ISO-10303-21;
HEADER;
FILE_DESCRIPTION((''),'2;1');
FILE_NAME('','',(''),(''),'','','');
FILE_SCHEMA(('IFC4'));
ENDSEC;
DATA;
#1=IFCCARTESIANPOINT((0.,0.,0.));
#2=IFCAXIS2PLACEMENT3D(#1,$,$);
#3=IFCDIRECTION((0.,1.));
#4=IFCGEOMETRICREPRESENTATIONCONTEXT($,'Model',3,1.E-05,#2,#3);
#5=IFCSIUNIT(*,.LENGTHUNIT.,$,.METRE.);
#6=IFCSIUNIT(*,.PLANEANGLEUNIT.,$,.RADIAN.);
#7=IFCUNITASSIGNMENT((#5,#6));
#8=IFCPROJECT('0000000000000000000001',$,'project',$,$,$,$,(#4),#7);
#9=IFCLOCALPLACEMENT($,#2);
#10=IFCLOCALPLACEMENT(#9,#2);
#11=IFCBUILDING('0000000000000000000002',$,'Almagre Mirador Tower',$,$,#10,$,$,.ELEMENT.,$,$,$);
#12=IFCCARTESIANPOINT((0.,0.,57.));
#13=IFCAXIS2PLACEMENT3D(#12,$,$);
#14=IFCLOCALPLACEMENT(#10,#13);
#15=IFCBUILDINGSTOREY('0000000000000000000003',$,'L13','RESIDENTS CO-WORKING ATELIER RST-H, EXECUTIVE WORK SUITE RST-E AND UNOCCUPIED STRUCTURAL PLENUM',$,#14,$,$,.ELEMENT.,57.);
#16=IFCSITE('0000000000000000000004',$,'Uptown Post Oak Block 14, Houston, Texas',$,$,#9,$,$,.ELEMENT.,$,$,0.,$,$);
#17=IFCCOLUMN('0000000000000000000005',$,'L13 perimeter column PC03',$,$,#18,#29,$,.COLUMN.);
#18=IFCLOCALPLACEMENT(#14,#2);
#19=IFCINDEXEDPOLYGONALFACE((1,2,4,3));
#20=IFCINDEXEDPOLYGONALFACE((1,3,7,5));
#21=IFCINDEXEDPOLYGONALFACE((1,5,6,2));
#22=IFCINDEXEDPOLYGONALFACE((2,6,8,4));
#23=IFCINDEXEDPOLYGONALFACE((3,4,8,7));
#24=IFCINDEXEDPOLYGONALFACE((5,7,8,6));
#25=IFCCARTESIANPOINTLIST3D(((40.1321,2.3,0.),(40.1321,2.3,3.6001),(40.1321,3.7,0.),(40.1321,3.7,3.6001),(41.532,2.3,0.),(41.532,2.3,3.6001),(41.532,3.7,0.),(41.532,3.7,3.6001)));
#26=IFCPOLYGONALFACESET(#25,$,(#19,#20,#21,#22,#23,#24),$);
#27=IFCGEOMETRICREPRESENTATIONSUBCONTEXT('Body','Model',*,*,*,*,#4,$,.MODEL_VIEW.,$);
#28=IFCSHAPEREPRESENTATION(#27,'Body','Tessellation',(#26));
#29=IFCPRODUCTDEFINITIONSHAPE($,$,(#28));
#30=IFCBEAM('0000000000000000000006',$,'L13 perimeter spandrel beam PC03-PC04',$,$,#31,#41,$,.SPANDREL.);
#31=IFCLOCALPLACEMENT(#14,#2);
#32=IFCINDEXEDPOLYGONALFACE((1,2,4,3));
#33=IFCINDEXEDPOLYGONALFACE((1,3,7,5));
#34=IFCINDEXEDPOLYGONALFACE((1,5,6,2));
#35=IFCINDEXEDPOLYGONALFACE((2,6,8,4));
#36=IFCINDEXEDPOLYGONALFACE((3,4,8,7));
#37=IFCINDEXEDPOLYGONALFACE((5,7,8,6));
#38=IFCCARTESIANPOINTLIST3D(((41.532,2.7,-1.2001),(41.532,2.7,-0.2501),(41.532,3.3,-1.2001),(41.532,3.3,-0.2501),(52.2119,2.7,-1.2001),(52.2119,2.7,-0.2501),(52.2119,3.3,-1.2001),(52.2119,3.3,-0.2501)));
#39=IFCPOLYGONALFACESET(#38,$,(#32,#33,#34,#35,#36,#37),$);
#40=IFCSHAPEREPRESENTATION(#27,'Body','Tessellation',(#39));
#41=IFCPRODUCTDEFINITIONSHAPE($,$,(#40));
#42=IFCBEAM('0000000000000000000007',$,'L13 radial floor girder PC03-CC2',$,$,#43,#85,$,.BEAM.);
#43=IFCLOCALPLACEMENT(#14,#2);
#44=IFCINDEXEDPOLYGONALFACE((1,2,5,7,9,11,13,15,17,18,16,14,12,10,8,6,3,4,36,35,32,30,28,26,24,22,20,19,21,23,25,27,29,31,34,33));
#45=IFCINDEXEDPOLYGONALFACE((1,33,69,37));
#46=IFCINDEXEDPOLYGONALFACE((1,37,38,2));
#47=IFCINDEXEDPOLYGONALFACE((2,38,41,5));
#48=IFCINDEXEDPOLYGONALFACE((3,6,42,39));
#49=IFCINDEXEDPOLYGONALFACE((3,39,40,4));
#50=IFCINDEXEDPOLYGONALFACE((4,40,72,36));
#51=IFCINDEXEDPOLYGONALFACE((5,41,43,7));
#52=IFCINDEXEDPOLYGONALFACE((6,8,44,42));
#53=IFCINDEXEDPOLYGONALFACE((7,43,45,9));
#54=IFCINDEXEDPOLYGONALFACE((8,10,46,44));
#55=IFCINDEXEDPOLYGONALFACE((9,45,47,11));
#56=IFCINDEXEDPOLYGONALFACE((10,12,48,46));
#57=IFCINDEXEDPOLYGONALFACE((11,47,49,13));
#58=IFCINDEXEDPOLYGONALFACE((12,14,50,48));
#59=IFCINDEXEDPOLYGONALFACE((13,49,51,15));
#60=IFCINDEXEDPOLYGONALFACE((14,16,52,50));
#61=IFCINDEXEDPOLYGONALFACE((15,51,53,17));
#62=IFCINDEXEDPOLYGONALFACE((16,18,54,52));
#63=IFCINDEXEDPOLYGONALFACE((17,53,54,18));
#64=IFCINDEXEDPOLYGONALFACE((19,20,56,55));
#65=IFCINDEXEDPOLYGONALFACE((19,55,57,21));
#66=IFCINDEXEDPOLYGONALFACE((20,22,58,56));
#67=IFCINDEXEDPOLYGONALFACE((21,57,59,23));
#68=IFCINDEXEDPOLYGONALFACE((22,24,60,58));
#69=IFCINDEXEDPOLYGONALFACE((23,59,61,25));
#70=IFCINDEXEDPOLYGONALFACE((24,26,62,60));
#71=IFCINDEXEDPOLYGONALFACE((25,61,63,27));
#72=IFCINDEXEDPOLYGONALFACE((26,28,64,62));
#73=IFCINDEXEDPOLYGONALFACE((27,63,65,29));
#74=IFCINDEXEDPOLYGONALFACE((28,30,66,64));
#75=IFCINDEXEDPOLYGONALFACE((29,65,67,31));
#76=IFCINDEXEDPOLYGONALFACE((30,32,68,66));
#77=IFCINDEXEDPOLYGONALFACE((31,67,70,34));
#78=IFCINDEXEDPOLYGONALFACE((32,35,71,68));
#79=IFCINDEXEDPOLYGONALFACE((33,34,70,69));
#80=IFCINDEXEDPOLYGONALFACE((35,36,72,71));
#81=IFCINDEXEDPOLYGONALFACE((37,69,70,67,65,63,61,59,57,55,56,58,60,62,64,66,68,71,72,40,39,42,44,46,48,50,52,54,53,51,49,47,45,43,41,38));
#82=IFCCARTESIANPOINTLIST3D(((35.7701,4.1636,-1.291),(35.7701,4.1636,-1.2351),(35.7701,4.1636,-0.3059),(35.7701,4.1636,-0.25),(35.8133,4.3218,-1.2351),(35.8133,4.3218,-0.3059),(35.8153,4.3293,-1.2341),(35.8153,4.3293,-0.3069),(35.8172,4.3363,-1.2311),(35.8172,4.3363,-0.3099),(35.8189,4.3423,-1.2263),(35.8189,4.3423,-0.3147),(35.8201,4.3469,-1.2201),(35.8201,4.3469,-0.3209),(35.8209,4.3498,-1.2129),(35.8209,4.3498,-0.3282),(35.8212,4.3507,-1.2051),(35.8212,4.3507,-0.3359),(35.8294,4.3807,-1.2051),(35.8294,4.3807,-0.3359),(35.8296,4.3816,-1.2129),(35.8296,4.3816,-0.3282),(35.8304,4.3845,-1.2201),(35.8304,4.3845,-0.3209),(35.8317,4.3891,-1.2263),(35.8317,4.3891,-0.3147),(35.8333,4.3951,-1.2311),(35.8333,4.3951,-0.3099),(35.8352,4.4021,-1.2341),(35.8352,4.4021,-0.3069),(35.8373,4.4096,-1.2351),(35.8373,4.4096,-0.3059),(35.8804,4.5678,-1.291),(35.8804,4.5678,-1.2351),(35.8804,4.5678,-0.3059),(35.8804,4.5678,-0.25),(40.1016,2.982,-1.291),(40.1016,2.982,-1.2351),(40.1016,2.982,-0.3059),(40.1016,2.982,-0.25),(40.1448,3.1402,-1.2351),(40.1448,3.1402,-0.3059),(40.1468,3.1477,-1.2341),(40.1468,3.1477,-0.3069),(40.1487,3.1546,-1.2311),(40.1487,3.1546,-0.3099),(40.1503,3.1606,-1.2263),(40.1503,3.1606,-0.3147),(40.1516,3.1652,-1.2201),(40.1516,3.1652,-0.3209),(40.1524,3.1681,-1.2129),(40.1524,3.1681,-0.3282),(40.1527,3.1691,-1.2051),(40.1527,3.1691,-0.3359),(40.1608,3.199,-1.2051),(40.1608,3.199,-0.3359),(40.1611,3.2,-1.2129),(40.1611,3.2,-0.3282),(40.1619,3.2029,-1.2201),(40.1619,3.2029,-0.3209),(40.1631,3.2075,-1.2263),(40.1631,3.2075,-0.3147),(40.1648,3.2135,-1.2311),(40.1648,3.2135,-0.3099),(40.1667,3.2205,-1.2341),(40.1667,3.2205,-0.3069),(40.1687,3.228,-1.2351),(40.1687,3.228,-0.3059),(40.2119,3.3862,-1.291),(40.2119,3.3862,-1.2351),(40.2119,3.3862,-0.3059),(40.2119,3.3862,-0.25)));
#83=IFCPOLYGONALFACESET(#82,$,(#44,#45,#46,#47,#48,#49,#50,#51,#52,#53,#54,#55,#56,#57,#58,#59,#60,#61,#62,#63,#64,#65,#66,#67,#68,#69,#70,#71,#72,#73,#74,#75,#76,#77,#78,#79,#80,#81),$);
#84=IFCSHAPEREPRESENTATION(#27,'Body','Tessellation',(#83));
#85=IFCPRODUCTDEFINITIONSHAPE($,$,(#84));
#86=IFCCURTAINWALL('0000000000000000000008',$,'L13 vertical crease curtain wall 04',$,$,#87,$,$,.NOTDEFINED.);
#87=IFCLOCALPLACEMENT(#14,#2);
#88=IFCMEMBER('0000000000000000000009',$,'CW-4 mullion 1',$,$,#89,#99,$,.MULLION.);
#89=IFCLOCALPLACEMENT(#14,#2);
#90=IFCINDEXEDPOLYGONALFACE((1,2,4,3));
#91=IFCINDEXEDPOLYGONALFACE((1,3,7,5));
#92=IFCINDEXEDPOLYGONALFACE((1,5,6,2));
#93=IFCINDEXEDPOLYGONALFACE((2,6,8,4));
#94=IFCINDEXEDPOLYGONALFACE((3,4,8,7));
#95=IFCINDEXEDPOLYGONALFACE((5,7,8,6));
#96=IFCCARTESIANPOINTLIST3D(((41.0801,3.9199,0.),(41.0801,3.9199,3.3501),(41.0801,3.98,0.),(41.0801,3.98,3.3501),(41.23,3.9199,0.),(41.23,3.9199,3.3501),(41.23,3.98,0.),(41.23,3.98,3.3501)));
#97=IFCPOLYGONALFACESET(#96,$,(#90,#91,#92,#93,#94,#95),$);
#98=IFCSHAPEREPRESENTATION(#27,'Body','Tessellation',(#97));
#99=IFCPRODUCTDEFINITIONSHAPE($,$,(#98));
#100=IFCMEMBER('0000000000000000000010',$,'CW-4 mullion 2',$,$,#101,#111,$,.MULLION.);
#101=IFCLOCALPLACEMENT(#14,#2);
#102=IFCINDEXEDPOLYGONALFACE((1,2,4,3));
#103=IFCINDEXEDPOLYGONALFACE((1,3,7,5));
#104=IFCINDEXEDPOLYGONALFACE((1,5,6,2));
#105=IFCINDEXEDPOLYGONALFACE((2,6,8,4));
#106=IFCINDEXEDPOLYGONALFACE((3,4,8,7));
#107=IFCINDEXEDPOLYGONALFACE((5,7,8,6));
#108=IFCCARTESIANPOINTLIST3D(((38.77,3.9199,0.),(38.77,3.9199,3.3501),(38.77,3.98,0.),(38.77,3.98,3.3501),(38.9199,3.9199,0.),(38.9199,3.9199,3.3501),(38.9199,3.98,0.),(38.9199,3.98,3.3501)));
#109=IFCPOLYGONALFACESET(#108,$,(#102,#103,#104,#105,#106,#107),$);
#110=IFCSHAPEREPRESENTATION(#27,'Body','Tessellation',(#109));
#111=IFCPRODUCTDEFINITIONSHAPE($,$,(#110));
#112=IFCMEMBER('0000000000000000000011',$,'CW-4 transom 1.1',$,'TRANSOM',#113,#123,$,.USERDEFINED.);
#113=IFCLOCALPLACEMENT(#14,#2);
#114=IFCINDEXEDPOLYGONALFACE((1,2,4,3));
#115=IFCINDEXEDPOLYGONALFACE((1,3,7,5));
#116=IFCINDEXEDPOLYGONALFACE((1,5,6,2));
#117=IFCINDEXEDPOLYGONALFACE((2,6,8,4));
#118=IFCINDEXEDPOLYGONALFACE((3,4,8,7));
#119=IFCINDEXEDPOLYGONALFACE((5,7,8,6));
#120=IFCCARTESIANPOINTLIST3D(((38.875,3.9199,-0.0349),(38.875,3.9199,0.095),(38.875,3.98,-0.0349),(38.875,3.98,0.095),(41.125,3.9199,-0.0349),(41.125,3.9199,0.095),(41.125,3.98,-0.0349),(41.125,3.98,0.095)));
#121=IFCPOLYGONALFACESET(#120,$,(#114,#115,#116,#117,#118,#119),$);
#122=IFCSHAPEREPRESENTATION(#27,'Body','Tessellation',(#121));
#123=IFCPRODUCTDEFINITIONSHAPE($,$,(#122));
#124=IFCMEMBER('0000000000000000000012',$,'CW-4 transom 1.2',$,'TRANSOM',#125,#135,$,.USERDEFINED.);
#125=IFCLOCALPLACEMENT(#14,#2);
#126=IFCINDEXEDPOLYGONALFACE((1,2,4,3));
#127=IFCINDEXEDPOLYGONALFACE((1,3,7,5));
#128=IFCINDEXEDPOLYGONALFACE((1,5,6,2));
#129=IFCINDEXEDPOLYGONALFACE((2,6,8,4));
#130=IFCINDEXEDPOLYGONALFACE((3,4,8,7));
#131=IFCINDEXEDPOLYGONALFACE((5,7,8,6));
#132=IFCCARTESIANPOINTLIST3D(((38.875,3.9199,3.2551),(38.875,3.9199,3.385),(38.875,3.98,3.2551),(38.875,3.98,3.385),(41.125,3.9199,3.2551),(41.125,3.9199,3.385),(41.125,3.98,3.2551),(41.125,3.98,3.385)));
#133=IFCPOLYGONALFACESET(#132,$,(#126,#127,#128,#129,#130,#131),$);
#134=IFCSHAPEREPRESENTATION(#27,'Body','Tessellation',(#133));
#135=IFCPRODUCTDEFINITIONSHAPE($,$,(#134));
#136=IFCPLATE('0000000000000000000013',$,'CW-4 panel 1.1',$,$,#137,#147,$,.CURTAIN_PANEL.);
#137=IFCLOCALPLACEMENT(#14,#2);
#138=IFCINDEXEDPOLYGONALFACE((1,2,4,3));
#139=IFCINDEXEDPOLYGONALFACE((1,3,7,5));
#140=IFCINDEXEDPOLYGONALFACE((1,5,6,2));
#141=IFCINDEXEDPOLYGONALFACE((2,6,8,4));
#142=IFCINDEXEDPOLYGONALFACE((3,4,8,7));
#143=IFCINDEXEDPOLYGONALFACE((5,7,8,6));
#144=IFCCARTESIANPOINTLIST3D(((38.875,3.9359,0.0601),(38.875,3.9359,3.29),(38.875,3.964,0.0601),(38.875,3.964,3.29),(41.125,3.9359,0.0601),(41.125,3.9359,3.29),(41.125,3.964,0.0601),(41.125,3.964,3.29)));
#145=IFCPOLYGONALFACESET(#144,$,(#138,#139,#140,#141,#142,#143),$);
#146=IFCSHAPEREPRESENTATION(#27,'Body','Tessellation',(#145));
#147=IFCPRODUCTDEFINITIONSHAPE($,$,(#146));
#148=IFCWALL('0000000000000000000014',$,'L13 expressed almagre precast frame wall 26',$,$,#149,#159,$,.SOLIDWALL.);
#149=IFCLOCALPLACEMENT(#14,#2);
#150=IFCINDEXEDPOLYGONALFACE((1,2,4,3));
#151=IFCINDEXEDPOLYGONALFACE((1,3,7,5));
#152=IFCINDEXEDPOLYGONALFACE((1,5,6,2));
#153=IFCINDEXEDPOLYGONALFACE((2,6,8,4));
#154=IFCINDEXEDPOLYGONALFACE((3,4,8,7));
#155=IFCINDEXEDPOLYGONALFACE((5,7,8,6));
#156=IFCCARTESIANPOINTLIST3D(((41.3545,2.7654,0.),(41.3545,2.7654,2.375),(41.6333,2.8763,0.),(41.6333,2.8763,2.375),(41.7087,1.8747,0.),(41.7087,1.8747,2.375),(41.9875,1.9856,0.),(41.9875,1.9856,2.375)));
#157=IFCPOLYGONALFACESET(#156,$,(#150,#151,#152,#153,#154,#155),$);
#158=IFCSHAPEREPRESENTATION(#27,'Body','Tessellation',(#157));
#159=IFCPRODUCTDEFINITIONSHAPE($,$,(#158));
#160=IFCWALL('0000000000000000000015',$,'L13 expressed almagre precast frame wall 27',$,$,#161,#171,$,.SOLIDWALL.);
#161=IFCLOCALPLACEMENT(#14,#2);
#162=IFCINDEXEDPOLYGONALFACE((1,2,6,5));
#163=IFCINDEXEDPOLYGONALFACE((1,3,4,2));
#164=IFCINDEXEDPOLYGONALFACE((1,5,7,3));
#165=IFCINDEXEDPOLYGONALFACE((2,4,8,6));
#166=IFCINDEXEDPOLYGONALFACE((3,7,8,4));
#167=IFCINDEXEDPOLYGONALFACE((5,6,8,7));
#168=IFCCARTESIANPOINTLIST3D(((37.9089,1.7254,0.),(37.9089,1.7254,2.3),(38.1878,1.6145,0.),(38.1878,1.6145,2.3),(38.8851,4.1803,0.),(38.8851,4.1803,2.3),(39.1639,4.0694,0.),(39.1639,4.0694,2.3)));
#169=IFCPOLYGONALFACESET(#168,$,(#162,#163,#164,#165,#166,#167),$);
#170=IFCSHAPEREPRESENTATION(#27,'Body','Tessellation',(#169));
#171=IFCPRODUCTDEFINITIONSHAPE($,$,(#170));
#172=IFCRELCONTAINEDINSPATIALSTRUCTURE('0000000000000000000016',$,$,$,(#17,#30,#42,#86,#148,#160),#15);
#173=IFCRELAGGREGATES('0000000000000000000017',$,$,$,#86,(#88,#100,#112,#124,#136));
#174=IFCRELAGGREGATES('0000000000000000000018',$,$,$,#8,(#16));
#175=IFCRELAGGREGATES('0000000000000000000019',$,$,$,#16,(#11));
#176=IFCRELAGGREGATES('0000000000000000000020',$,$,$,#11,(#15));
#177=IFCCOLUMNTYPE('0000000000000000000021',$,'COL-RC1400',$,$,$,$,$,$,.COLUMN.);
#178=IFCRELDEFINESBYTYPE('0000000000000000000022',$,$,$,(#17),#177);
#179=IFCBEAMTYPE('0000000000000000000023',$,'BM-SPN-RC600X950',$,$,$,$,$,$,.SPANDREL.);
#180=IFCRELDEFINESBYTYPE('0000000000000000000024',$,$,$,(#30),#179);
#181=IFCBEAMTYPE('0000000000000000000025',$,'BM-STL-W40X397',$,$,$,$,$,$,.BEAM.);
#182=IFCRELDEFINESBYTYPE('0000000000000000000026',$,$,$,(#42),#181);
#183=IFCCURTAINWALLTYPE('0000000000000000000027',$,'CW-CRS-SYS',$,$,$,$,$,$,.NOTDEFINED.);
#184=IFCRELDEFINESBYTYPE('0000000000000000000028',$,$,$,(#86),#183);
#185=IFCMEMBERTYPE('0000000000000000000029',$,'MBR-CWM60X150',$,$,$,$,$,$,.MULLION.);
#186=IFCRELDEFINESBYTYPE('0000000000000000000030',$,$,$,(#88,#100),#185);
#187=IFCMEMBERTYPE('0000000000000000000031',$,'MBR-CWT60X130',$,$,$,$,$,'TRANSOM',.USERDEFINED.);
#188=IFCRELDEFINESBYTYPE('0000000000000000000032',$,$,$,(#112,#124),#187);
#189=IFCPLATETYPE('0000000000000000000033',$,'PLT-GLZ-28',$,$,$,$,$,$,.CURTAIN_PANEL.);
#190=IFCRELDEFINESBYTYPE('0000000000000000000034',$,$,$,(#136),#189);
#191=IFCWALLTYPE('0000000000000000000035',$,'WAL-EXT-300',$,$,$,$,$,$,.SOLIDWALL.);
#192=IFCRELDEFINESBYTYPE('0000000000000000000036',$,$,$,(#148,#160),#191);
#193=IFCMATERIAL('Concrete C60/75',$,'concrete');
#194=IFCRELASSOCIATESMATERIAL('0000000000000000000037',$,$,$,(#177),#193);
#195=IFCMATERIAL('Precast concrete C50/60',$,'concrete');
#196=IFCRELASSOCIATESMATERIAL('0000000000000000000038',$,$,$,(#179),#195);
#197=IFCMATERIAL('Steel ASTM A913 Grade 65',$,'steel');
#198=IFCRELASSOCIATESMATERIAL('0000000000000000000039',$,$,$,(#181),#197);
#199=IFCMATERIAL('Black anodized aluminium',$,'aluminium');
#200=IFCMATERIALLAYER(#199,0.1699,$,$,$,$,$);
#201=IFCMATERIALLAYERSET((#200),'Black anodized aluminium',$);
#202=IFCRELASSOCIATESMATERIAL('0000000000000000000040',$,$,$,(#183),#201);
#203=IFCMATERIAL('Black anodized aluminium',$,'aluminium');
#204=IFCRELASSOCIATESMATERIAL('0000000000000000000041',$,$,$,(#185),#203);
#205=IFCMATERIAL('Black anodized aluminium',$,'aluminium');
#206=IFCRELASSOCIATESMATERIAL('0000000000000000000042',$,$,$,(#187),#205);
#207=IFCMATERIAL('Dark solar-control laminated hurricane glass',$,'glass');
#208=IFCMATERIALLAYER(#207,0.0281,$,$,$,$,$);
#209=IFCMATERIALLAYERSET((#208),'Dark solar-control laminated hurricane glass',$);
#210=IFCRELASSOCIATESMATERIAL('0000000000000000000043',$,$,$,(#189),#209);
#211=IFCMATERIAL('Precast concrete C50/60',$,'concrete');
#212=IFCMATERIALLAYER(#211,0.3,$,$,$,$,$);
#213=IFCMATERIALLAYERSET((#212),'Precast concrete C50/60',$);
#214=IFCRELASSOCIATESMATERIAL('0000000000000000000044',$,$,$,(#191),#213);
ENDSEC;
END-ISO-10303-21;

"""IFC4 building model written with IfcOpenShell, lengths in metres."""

from ifc_helpers import new_model, si_unit, direction, frame, frame_2d, origin, origin_2d, place, context, subcontext, project, spatial, rectangle, i_section, extrude, material, layer, layer_set, material_profile, profile_set, type_object, element, aggregate, save


model = new_model("IFC4")

# Units and contexts
model_context = context("Model", 3, precision=1e-05, world=origin(), true_north=direction((0.0, 1.0)))
body_context = subcontext(model_context, "Body", "Model", "MODEL_VIEW")
ifc_project = project(units=[si_unit("LENGTHUNIT", "METRE"), si_unit("PLANEANGLEUNIT", "RADIAN")], contexts=[model_context])

# Site, building, storey
site_placement = place(None, origin())
site = spatial("IfcSite", under=ifc_project, at=site_placement, Name="Uptown Post Oak Block 14, Houston, Texas", CompositionType="ELEMENT", RefElevation=0.0)
building_placement = place(site_placement, origin())
building = spatial("IfcBuilding", under=site, at=building_placement, Name="Almagre Mirador Tower", CompositionType="ELEMENT")
storey_placement = place(building_placement, frame((0.0, 0.0, 57.0)))
storey = spatial("IfcBuildingStorey", under=building, at=storey_placement, Name="L13", Description="RESIDENTS CO-WORKING ATELIER RST-H, EXECUTIVE WORK SUITE RST-E AND UNOCCUPIED STRUCTURAL PLENUM", CompositionType="ELEMENT", Elevation=57.0)

# Column
ifc_material_1 = material(Name="Concrete C60/75", Category="concrete")
ifc_material_profile_1 = material_profile(ifc_material_1, rectangle(XDim=1.3999, YDim=1.3999, at=origin_2d()), Name="RC1400X1400")
ifc_profile_set_1 = profile_set([ifc_material_profile_1], Name="Concrete C60/75")
column_type = type_object("IfcColumnType", Name="COL-RC1400", PredefinedType="COLUMN", material=ifc_profile_set_1)
column_placement = place(storey_placement, frame((40.832, 3.0, 0.0), z_axis=(0.0, 0.0, 1.0), x_axis=(1.0, 0.0, 0.0)))
element("IfcColumn", 1, at=column_placement, inside=storey, type_object=column_type, Name="L13 perimeter column PC03", PredefinedType="COLUMN", context=body_context, shape_type="SweptSolid", body=[
    extrude(rectangle(XDim=1.3999, YDim=1.3999, at=origin_2d()), origin(), (0.0, 0.0, 1.0), 3.6001),
])

# Beams
ifc_material_2 = material(Name="Precast concrete C50/60", Category="concrete")
ifc_material_profile_2 = material_profile(ifc_material_2, rectangle(XDim=0.6001, YDim=0.95, at=origin_2d()), Name="RC600X950")
ifc_profile_set_2 = profile_set([ifc_material_profile_2], Name="Precast concrete C50/60")
beam_type_1 = type_object("IfcBeamType", Name="BM-SPN-RC600X950", PredefinedType="SPANDREL", material=ifc_profile_set_2)
beam_1_placement = place(storey_placement, frame((41.532, 3.0, -0.7251), z_axis=(1.0, 0.0, 0.0), x_axis=(0.0, 1.0, 0.0)))
element("IfcBeam", 2, at=beam_1_placement, inside=storey, type_object=beam_type_1, Name="L13 perimeter spandrel beam PC03-PC04", PredefinedType="SPANDREL", context=body_context, shape_type="SweptSolid", body=[
    extrude(rectangle(XDim=0.6001, YDim=0.95, at=origin_2d()), origin(), (0.0, 0.0, 1.0), 10.6799),
])
ifc_material_3 = material(Name="Steel ASTM A913 Grade 65", Category="steel")
ifc_material_profile_3 = material_profile(ifc_material_3, i_section(OverallWidth=0.4189, OverallDepth=1.041, WebThickness=0.031, FlangeThickness=0.0559, FilletRadius=0.03, at=origin_2d()), Name="W40X397")
ifc_profile_set_3 = profile_set([ifc_material_profile_3], Name="Steel ASTM A913 Grade 65")
beam_type_2 = type_object("IfcBeamType", Name="BM-STL-W40X397", PredefinedType="BEAM", material=ifc_profile_set_3)
beam_2_placement = place(storey_placement, frame((40.1567, 3.1841, -0.7705), z_axis=(-0.964746, 0.263182, 0.0), x_axis=(-0.263182, -0.964746, 0.0)))
element("IfcBeam", 3, at=beam_2_placement, inside=storey, type_object=beam_type_2, Name="L13 radial floor girder PC03-CC2", PredefinedType="BEAM", context=body_context, shape_type="SweptSolid", body=[
    extrude(i_section(OverallWidth=0.4189, OverallDepth=1.041, WebThickness=0.031, FlangeThickness=0.0559, FilletRadius=0.03, at=origin_2d()), origin(), (0.0, 0.0, 1.0), 4.4897),
])

# Curtain wall, members, plate
ifc_material_4 = material(Name="Black anodized aluminium", Category="aluminium")
ifc_layer_1 = layer(ifc_material_4, 0.1699)
ifc_layer_set_1 = layer_set([ifc_layer_1], Name="Black anodized aluminium")
curtain_wall_type = type_object("IfcCurtainWallType", Name="CW-CRS-SYS", PredefinedType="NOTDEFINED", material=ifc_layer_set_1)
curtain_wall_placement = place(storey_placement, origin())
curtain_wall = element("IfcCurtainWall", 4, at=curtain_wall_placement, inside=storey, type_object=curtain_wall_type, Name="L13 vertical crease curtain wall 04", PredefinedType="NOTDEFINED")
ifc_material_5 = material(Name="Black anodized aluminium", Category="aluminium")
ifc_material_profile_4 = material_profile(ifc_material_5, rectangle(XDim=0.0601, YDim=0.1499, at=origin_2d()), Name="CWM60X150")
ifc_profile_set_4 = profile_set([ifc_material_profile_4], Name="Black anodized aluminium")
member_type_1 = type_object("IfcMemberType", Name="MBR-CWM60X150", PredefinedType="MULLION", material=ifc_profile_set_4)
member_1_placement = place(storey_placement, frame((41.155, 3.95, 0.0), z_axis=(0.0, 0.0, 1.0), x_axis=(0.0, -1.0, 0.0)))
member_1 = element("IfcMember", 5, at=member_1_placement, type_object=member_type_1, Name="CW-4 mullion 1", PredefinedType="MULLION", context=body_context, shape_type="SweptSolid", body=[
    extrude(rectangle(XDim=0.0601, YDim=0.1499, at=origin_2d()), origin(), (0.0, 0.0, 1.0), 3.3501),
])
member_2_placement = place(storey_placement, frame((38.845, 3.95, 0.0), z_axis=(0.0, 0.0, 1.0), x_axis=(0.0, -1.0, 0.0)))
member_2 = element("IfcMember", 6, at=member_2_placement, type_object=member_type_1, Name="CW-4 mullion 2", PredefinedType="MULLION", context=body_context, shape_type="SweptSolid", body=[
    extrude(rectangle(XDim=0.0601, YDim=0.1499, at=origin_2d()), origin(), (0.0, 0.0, 1.0), 3.3501),
])
ifc_material_6 = material(Name="Black anodized aluminium", Category="aluminium")
ifc_material_profile_5 = material_profile(ifc_material_6, rectangle(XDim=0.0601, YDim=0.1299, at=origin_2d()), Name="CWT60X130")
ifc_profile_set_5 = profile_set([ifc_material_profile_5], Name="Black anodized aluminium")
member_type_2 = type_object("IfcMemberType", Name="MBR-CWT60X130", ElementType="TRANSOM", PredefinedType="USERDEFINED", material=ifc_profile_set_5)
member_3_placement = place(storey_placement, frame((41.125, 3.95, 0.03), z_axis=(-1.0, 0.0, 0.0), x_axis=(0.0, -1.0, 0.0)))
member_3 = element("IfcMember", 7, at=member_3_placement, type_object=member_type_2, Name="CW-4 transom 1.1", ObjectType="TRANSOM", PredefinedType="USERDEFINED", context=body_context, shape_type="SweptSolid", body=[
    extrude(rectangle(XDim=0.0601, YDim=0.1299, at=origin_2d()), origin(), (0.0, 0.0, 1.0), 2.25),
])
member_4_placement = place(storey_placement, frame((41.125, 3.95, 3.3201), z_axis=(-1.0, 0.0, 0.0), x_axis=(0.0, -1.0, 0.0)))
member_4 = element("IfcMember", 8, at=member_4_placement, type_object=member_type_2, Name="CW-4 transom 1.2", ObjectType="TRANSOM", PredefinedType="USERDEFINED", context=body_context, shape_type="SweptSolid", body=[
    extrude(rectangle(XDim=0.0601, YDim=0.1299, at=origin_2d()), origin(), (0.0, 0.0, 1.0), 2.25),
])
ifc_material_7 = material(Name="Dark solar-control laminated hurricane glass", Category="glass")
ifc_layer_2 = layer(ifc_material_7, 0.0281)
ifc_layer_set_2 = layer_set([ifc_layer_2], Name="Dark solar-control laminated hurricane glass")
plate_type = type_object("IfcPlateType", Name="PLT-GLZ-28", PredefinedType="CURTAIN_PANEL", material=ifc_layer_set_2)
plate_placement = place(storey_placement, frame((40.0, 3.95, 0.0601), z_axis=(0.0, 0.0, 1.0), x_axis=(-1.0, 0.0, 0.0)))
plate = element("IfcPlate", 9, at=plate_placement, type_object=plate_type, Name="CW-4 panel 1.1", PredefinedType="CURTAIN_PANEL", context=body_context, shape_type="SweptSolid", body=[
    extrude(rectangle(XDim=2.25, YDim=0.0281, at=origin_2d()), origin(), (0.0, 0.0, 1.0), 3.23),
])
aggregate(curtain_wall, [member_1, member_2, member_3, member_4, plate])

# Walls
ifc_material_8 = material(Name="Precast concrete C50/60", Category="concrete")
ifc_layer_3 = layer(ifc_material_8, 0.3)
ifc_layer_set_3 = layer_set([ifc_layer_3], Name="Precast concrete C50/60")
wall_type_1 = type_object("IfcWallType", Name="WAL-EXT-300", PredefinedType="SOLIDWALL", material=ifc_layer_set_3)
wall_1_placement = place(storey_placement, frame((41.8481, 1.9302, 0.0), z_axis=(0.0, 0.0, 1.0), x_axis=(-0.369589, 0.929195, 0.0)))
element("IfcWall", 10, at=wall_1_placement, inside=storey, type_object=wall_type_1, Name="L13 expressed almagre precast frame wall 26", PredefinedType="SOLIDWALL", context=body_context, shape_type="SweptSolid", body=[
    extrude(rectangle(XDim=0.9585, YDim=0.3, at=frame_2d((0.4792, 0.0))), origin(), (0.0, 0.0, 1.0), 2.375),
])
wall_2_placement = place(storey_placement, frame((39.0244, 4.1248, 0.0), z_axis=(0.0, 0.0, 1.0), x_axis=(-0.369478, -0.92924, 0.0)))
element("IfcWall", 11, at=wall_2_placement, inside=storey, type_object=wall_type_1, Name="L13 expressed almagre precast frame wall 27", PredefinedType="SOLIDWALL", context=body_context, shape_type="SweptSolid", body=[
    extrude(rectangle(XDim=2.6418, YDim=0.3, at=frame_2d((1.3208, 0.0))), origin(), (0.0, 0.0, 1.0), 2.3),
])

save(model, "model.ifc")
